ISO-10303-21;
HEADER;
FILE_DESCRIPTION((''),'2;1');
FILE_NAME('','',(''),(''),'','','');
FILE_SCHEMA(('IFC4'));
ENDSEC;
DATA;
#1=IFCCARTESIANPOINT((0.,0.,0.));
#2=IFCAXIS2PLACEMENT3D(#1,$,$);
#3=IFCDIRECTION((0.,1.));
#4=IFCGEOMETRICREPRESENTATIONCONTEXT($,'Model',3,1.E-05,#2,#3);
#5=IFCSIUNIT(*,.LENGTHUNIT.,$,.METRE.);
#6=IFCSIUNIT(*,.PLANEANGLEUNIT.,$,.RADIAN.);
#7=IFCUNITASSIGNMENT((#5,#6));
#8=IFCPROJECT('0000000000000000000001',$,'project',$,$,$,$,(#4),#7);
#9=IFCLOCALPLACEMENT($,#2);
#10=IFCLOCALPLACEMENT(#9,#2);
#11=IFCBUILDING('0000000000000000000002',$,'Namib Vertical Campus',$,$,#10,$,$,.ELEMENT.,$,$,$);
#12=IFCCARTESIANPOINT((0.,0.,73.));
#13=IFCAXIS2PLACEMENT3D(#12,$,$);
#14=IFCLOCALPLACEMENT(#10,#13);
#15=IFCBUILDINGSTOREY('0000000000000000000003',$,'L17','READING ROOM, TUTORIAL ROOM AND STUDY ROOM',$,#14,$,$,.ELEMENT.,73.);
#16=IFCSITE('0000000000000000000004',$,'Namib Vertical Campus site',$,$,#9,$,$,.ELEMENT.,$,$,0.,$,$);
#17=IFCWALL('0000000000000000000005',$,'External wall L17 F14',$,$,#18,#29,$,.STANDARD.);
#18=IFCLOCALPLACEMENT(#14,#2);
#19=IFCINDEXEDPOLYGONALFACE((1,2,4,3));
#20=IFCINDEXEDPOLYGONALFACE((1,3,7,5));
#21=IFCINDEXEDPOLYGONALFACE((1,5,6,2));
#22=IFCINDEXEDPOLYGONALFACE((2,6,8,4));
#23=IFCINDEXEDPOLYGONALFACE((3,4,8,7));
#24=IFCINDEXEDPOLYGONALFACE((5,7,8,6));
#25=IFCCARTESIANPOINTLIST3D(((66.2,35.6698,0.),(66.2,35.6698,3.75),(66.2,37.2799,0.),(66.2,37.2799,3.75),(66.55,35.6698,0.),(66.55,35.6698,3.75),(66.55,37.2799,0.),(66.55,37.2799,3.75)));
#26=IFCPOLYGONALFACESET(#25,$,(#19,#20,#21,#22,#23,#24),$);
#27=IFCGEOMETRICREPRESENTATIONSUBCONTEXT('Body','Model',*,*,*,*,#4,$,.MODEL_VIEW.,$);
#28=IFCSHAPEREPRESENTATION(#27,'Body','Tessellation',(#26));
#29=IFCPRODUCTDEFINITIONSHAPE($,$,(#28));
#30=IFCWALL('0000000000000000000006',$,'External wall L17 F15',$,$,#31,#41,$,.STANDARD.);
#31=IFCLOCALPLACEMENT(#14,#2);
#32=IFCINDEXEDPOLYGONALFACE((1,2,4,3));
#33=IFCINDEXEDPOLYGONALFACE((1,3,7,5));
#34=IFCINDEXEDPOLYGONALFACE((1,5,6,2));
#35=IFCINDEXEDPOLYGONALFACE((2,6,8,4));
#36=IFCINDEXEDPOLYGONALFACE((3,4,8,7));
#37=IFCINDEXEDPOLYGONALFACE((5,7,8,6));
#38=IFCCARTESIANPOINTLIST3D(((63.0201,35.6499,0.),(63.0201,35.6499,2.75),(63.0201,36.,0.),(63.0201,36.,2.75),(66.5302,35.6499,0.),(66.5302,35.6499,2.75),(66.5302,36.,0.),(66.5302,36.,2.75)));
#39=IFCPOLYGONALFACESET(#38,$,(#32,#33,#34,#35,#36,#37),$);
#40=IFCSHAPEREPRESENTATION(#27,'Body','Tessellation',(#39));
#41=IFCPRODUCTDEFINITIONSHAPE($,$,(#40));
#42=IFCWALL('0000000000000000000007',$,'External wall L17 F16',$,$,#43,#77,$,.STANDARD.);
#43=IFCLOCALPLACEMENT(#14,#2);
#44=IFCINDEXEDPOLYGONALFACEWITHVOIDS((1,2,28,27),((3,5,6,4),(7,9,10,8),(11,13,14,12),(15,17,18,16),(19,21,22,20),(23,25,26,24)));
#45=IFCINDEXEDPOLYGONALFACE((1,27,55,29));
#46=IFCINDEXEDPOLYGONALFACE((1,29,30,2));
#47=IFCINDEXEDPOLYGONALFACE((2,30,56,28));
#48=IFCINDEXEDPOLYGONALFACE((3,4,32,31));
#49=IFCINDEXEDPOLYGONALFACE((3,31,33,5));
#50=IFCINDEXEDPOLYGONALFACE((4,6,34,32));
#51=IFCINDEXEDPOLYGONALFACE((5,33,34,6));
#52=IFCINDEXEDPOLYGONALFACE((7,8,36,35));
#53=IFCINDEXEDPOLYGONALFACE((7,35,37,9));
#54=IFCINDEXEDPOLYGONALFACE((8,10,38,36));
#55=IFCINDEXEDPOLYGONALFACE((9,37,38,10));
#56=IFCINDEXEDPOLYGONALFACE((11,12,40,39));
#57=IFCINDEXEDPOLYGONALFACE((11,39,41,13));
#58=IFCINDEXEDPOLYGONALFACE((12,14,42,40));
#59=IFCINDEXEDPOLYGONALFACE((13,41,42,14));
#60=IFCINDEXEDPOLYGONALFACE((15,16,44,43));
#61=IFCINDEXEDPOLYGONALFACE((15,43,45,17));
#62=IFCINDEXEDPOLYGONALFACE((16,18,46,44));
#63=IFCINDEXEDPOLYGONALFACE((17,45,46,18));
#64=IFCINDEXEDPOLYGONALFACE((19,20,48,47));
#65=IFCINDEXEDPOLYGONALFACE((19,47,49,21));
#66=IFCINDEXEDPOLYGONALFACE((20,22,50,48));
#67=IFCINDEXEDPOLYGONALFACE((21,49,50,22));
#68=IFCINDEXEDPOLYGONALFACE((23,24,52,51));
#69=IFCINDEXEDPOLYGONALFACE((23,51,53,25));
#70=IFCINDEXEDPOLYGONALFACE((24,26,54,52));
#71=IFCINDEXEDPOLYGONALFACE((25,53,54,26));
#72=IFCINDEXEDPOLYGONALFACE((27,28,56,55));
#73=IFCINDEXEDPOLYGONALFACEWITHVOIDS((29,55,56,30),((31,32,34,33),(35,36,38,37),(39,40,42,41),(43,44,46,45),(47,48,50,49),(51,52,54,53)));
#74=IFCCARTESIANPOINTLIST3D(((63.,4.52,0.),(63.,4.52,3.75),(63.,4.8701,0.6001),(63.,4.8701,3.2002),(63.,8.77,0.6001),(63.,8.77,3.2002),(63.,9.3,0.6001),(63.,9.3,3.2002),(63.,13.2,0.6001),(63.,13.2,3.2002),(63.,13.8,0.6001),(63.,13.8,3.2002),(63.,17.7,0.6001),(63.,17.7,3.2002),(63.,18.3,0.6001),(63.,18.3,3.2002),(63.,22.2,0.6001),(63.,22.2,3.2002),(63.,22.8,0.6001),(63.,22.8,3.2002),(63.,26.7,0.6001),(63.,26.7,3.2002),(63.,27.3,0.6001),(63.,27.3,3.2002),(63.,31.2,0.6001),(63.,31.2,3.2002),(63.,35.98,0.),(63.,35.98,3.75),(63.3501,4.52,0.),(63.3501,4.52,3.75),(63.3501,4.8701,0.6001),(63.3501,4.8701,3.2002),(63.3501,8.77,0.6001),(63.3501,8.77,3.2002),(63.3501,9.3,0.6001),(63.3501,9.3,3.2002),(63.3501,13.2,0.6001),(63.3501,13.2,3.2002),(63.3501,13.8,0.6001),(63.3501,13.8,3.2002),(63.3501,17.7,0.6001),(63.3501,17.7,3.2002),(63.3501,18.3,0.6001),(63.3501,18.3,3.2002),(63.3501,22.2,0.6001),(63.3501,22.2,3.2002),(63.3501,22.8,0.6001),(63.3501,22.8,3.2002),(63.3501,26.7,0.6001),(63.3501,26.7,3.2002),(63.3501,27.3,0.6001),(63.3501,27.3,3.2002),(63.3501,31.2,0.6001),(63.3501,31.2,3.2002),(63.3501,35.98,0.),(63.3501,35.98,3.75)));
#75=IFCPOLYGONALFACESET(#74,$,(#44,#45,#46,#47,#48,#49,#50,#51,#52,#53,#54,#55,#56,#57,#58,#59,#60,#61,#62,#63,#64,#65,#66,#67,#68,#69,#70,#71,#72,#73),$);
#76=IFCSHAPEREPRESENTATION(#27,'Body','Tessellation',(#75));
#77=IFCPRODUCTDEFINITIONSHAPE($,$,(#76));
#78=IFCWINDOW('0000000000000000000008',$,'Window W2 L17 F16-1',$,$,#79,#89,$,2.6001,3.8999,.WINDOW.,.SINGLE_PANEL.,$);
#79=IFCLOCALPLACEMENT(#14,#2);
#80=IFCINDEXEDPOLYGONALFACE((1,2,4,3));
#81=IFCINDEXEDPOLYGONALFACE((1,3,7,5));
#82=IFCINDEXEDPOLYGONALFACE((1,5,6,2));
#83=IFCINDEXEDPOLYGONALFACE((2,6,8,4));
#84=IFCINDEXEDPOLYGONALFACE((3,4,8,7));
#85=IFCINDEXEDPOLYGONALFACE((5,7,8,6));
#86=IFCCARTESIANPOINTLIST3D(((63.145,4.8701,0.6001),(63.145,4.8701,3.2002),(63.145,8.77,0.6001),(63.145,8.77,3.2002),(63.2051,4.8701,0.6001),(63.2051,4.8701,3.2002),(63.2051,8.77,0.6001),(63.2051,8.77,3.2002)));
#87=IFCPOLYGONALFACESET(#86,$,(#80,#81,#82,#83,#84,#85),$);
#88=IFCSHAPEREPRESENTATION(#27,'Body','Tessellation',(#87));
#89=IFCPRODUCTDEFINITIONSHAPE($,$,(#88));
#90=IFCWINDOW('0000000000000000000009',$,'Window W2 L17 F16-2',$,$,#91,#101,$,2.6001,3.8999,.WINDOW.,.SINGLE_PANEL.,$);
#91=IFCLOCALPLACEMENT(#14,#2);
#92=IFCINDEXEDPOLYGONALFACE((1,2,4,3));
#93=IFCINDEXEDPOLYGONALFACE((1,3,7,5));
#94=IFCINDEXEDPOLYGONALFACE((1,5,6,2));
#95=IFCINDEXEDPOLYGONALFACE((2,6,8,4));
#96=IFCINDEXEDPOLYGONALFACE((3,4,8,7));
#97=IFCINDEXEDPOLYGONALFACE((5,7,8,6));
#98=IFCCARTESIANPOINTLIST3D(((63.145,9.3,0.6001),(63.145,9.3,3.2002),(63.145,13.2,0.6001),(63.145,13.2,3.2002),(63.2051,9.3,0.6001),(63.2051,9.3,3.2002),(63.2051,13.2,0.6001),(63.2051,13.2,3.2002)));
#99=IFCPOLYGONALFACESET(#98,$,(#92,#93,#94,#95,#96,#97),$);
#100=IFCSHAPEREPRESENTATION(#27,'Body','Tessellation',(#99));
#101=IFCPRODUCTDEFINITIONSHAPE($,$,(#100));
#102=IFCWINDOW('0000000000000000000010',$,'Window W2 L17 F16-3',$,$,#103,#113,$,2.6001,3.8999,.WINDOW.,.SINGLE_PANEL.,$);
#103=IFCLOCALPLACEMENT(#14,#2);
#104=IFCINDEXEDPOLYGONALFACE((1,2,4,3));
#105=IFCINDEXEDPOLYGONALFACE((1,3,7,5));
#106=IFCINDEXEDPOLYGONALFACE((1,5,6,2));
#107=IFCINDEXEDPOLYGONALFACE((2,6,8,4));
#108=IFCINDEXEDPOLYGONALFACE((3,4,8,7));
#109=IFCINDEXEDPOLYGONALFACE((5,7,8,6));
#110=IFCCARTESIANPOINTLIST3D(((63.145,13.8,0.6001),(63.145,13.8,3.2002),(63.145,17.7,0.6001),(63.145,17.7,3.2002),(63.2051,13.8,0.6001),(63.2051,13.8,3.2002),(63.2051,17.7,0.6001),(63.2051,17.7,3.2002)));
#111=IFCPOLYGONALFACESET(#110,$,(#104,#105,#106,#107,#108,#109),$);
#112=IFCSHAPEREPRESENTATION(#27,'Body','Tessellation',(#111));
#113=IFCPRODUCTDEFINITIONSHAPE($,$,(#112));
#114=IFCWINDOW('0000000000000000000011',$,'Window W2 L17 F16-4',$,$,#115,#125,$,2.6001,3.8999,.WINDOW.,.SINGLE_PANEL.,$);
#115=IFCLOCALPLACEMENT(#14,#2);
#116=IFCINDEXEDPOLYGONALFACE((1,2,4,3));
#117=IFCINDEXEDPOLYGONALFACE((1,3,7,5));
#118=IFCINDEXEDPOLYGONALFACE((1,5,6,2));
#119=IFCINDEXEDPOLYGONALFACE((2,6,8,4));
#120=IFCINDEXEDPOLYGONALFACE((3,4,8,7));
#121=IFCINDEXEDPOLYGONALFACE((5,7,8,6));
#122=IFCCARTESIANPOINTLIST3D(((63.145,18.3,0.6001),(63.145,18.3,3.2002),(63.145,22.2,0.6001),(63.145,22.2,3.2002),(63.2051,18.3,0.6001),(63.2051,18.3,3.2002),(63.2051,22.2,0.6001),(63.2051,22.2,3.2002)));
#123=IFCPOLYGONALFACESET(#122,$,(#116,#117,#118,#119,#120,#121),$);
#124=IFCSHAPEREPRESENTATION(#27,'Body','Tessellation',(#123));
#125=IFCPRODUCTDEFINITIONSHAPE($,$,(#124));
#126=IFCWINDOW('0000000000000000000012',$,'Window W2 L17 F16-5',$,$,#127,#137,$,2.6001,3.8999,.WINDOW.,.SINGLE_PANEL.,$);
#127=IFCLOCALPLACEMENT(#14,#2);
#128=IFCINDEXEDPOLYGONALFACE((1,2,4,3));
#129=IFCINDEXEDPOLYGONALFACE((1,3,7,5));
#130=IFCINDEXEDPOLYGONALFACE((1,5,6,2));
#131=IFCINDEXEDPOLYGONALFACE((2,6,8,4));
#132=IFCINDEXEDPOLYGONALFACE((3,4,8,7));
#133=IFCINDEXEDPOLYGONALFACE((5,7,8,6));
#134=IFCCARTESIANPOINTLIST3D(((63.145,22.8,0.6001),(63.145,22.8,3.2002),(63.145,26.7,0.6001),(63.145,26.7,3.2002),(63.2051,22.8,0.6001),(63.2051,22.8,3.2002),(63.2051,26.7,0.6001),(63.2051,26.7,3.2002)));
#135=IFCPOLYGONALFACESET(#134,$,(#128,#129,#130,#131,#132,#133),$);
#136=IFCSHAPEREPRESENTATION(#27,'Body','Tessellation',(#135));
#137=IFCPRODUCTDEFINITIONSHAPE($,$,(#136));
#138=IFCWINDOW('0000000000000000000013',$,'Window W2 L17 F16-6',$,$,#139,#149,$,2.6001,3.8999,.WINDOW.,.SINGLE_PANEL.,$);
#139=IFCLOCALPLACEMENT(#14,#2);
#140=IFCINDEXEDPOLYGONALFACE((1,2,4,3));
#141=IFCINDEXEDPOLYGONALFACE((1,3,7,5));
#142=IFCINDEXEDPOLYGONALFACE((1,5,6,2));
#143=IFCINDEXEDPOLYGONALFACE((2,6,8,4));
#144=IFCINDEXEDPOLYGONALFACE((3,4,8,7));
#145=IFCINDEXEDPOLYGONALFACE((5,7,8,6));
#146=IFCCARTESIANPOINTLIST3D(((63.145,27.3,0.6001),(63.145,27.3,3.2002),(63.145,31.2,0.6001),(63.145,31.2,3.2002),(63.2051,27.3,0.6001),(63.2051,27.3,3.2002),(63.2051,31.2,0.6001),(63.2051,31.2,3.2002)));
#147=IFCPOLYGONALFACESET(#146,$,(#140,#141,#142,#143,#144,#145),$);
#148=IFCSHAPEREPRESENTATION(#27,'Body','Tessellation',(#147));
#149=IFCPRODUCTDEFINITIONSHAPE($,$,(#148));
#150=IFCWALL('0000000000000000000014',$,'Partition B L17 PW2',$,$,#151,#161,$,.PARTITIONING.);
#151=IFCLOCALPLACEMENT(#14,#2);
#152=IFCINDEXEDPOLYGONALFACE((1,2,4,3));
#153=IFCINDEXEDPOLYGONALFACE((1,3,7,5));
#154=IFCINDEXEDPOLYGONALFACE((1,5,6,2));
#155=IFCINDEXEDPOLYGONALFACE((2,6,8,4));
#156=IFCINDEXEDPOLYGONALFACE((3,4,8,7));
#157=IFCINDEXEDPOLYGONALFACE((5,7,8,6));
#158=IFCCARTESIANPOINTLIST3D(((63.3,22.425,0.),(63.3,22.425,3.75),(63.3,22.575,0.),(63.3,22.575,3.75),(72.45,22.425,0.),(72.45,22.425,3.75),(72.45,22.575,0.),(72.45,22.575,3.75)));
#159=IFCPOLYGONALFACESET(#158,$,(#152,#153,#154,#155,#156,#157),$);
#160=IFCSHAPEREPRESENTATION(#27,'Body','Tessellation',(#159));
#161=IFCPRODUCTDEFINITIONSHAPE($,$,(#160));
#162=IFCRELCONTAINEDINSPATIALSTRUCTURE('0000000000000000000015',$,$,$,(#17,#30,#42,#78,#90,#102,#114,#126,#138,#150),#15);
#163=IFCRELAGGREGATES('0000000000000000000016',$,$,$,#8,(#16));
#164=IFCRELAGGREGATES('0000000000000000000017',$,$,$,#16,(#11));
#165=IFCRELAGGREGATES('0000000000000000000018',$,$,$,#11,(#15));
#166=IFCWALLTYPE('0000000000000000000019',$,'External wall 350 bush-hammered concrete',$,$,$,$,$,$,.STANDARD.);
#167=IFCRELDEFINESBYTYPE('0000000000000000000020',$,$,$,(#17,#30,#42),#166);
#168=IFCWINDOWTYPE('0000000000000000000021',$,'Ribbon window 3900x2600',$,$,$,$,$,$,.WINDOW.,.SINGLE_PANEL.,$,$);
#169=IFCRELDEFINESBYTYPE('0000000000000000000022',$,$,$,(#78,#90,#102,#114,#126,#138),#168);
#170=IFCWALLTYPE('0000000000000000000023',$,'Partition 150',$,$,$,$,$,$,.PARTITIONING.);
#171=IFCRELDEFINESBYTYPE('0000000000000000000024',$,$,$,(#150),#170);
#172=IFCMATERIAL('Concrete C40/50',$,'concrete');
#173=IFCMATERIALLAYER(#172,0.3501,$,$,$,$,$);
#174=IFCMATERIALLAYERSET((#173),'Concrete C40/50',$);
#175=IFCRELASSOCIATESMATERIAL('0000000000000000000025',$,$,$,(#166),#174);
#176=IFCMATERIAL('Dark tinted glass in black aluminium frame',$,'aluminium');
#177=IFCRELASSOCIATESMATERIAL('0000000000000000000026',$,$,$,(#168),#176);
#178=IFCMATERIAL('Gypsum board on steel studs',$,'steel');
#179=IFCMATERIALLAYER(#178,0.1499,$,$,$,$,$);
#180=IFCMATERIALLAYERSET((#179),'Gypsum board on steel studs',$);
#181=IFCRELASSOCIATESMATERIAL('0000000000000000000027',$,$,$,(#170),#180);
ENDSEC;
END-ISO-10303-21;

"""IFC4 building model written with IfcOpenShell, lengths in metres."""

from ifc_helpers import new_model, si_unit, direction, frame, frame_2d, origin, place, context, subcontext, project, spatial, rectangle, extrude, material, layer, layer_set, type_object, element, fill, save


model = new_model("IFC4")

# Units and contexts
model_context = context("Model", 3, precision=1e-05, world=origin(), true_north=direction((0.0, 1.0)))
body_context = subcontext(model_context, "Body", "Model", "MODEL_VIEW")
ifc_project = project(units=[si_unit("LENGTHUNIT", "METRE"), si_unit("PLANEANGLEUNIT", "RADIAN")], contexts=[model_context])

# Site, building, storey
site_placement = place(None, origin())
site = spatial("IfcSite", under=ifc_project, at=site_placement, Name="Namib Vertical Campus site", CompositionType="ELEMENT", RefElevation=0.0)
building_placement = place(site_placement, origin())
building = spatial("IfcBuilding", under=site, at=building_placement, Name="Namib Vertical Campus", CompositionType="ELEMENT")
storey_placement = place(building_placement, frame((0.0, 0.0, 73.0)))
storey = spatial("IfcBuildingStorey", under=building, at=storey_placement, Name="L17", Description="READING ROOM, TUTORIAL ROOM AND STUDY ROOM", CompositionType="ELEMENT", Elevation=73.0)

# Walls
ifc_material_1 = material(Name="Concrete C40/50", Category="concrete")
ifc_layer_1 = layer(ifc_material_1, 0.3501)
ifc_layer_set_1 = layer_set([ifc_layer_1], Name="Concrete C40/50")
wall_type_1 = type_object("IfcWallType", Name="External wall 350 bush-hammered concrete", PredefinedType="STANDARD", material=ifc_layer_set_1)
wall_1_placement = place(storey_placement, frame((66.375, 37.28, 0.0), z_axis=(0.0, 0.0, 1.0), x_axis=(0.0, -1.0, 0.0)))
element("IfcWall", 1, at=wall_1_placement, inside=storey, type_object=wall_type_1, Name="External wall L17 F14", PredefinedType="STANDARD", context=body_context, shape_type="SweptSolid", body=[
    extrude(rectangle(XDim=1.6101, YDim=0.3501, at=frame_2d((0.8052, 0.0))), origin(), (0.0, 0.0, 1.0), 3.75),
])
wall_2_placement = place(storey_placement, frame((66.53, 35.825, 0.0), z_axis=(0.0, 0.0, 1.0), x_axis=(-1.0, 0.0, 0.0)))
element("IfcWall", 2, at=wall_2_placement, inside=storey, type_object=wall_type_1, Name="External wall L17 F15", PredefinedType="STANDARD", context=body_context, shape_type="SweptSolid", body=[
    extrude(rectangle(XDim=3.51, YDim=0.3501, at=frame_2d((1.7549, 0.0))), origin(), (0.0, 0.0, 1.0), 2.75),
])

# Wall, openings, windows
wall_3_placement = place(storey_placement, frame((63.175, 35.98, 0.0), z_axis=(0.0, 0.0, 1.0), x_axis=(0.0, -1.0, 0.0)))
wall_3 = element("IfcWall", 3, at=wall_3_placement, inside=storey, type_object=wall_type_1, Name="External wall L17 F16", PredefinedType="STANDARD", context=body_context, shape_type="SweptSolid", body=[
    extrude(rectangle(XDim=31.46, YDim=0.3501, at=frame_2d((15.73, 0.0))), origin(), (0.0, 0.0, 1.0), 3.75),
])
opening_1_placement = place(wall_3_placement, frame((27.21, 0.0, 0.6001)))
opening_1 = element("IfcOpeningElement", 4, at=opening_1_placement, cuts=wall_3, PredefinedType="OPENING", context=body_context, shape_type="SweptSolid", body=[
    extrude(rectangle(XDim=3.8999, YDim=2.6001, at=frame_2d((1.95, 1.3))), frame((0.0, 0.1851, 0.0), z_axis=(0.0, -1.0, 0.0), x_axis=(1.0, 0.0, 0.0)), (0.0, 0.0, 1.0), 0.3701),
])
opening_2_placement = place(wall_3_placement, frame((22.78, 0.0, 0.6001)))
opening_2 = element("IfcOpeningElement", 5, at=opening_2_placement, cuts=wall_3, PredefinedType="OPENING", context=body_context, shape_type="SweptSolid", body=[
    extrude(rectangle(XDim=3.8999, YDim=2.6001, at=frame_2d((1.95, 1.3))), frame((0.0, 0.1851, 0.0), z_axis=(0.0, -1.0, 0.0), x_axis=(1.0, 0.0, 0.0)), (0.0, 0.0, 1.0), 0.3701),
])
opening_3_placement = place(wall_3_placement, frame((18.28, 0.0, 0.6001)))
opening_3 = element("IfcOpeningElement", 6, at=opening_3_placement, cuts=wall_3, PredefinedType="OPENING", context=body_context, shape_type="SweptSolid", body=[
    extrude(rectangle(XDim=3.8999, YDim=2.6001, at=frame_2d((1.95, 1.3))), frame((0.0, 0.1851, 0.0), z_axis=(0.0, -1.0, 0.0), x_axis=(1.0, 0.0, 0.0)), (0.0, 0.0, 1.0), 0.3701),
])
opening_4_placement = place(wall_3_placement, frame((13.78, 0.0, 0.6001)))
opening_4 = element("IfcOpeningElement", 7, at=opening_4_placement, cuts=wall_3, PredefinedType="OPENING", context=body_context, shape_type="SweptSolid", body=[
    extrude(rectangle(XDim=3.8999, YDim=2.6001, at=frame_2d((1.95, 1.3))), frame((0.0, 0.1851, 0.0), z_axis=(0.0, -1.0, 0.0), x_axis=(1.0, 0.0, 0.0)), (0.0, 0.0, 1.0), 0.3701),
])
opening_5_placement = place(wall_3_placement, frame((9.28, 0.0, 0.6001)))
opening_5 = element("IfcOpeningElement", 8, at=opening_5_placement, cuts=wall_3, PredefinedType="OPENING", context=body_context, shape_type="SweptSolid", body=[
    extrude(rectangle(XDim=3.8999, YDim=2.6001, at=frame_2d((1.95, 1.3))), frame((0.0, 0.1851, 0.0), z_axis=(0.0, -1.0, 0.0), x_axis=(1.0, 0.0, 0.0)), (0.0, 0.0, 1.0), 0.3701),
])
opening_6_placement = place(wall_3_placement, frame((4.78, 0.0, 0.6001)))
opening_6 = element("IfcOpeningElement", 9, at=opening_6_placement, cuts=wall_3, PredefinedType="OPENING", context=body_context, shape_type="SweptSolid", body=[
    extrude(rectangle(XDim=3.8999, YDim=2.6001, at=frame_2d((1.95, 1.3))), frame((0.0, 0.1851, 0.0), z_axis=(0.0, -1.0, 0.0), x_axis=(1.0, 0.0, 0.0)), (0.0, 0.0, 1.0), 0.3701),
])
ifc_material_2 = material(Name="Dark tinted glass in black aluminium frame", Category="aluminium")
window_type = type_object("IfcWindowType", Name="Ribbon window 3900x2600", PartitioningType="SINGLE_PANEL", PredefinedType="WINDOW", material=ifc_material_2)
window_1_placement = place(opening_1_placement, origin())
window_1 = element("IfcWindow", 10, at=window_1_placement, inside=storey, type_object=window_type, Name="Window W2 L17 F16-1", OverallHeight=2.6001, OverallWidth=3.8999, PartitioningType="SINGLE_PANEL", PredefinedType="WINDOW", context=body_context, shape_type="SweptSolid", body=[
    extrude(rectangle(XDim=3.8999, YDim=2.6001, at=frame_2d((1.95, 1.3))), frame((0.0, 0.03, 0.0), z_axis=(0.0, -1.0, 0.0), x_axis=(1.0, 0.0, 0.0)), (0.0, 0.0, 1.0), 0.0601),
])
fill(opening_1, window_1)
window_2_placement = place(opening_2_placement, origin())
window_2 = element("IfcWindow", 11, at=window_2_placement, inside=storey, type_object=window_type, Name="Window W2 L17 F16-2", OverallHeight=2.6001, OverallWidth=3.8999, PartitioningType="SINGLE_PANEL", PredefinedType="WINDOW", context=body_context, shape_type="SweptSolid", body=[
    extrude(rectangle(XDim=3.8999, YDim=2.6001, at=frame_2d((1.95, 1.3))), frame((0.0, 0.03, 0.0), z_axis=(0.0, -1.0, 0.0), x_axis=(1.0, 0.0, 0.0)), (0.0, 0.0, 1.0), 0.0601),
])
fill(opening_2, window_2)
window_3_placement = place(opening_3_placement, origin())
window_3 = element("IfcWindow", 12, at=window_3_placement, inside=storey, type_object=window_type, Name="Window W2 L17 F16-3", OverallHeight=2.6001, OverallWidth=3.8999, PartitioningType="SINGLE_PANEL", PredefinedType="WINDOW", context=body_context, shape_type="SweptSolid", body=[
    extrude(rectangle(XDim=3.8999, YDim=2.6001, at=frame_2d((1.95, 1.3))), frame((0.0, 0.03, 0.0), z_axis=(0.0, -1.0, 0.0), x_axis=(1.0, 0.0, 0.0)), (0.0, 0.0, 1.0), 0.0601),
])
fill(opening_3, window_3)
window_4_placement = place(opening_4_placement, origin())
window_4 = element("IfcWindow", 13, at=window_4_placement, inside=storey, type_object=window_type, Name="Window W2 L17 F16-4", OverallHeight=2.6001, OverallWidth=3.8999, PartitioningType="SINGLE_PANEL", PredefinedType="WINDOW", context=body_context, shape_type="SweptSolid", body=[
    extrude(rectangle(XDim=3.8999, YDim=2.6001, at=frame_2d((1.95, 1.3))), frame((0.0, 0.03, 0.0), z_axis=(0.0, -1.0, 0.0), x_axis=(1.0, 0.0, 0.0)), (0.0, 0.0, 1.0), 0.0601),
])
fill(opening_4, window_4)
window_5_placement = place(opening_5_placement, origin())
window_5 = element("IfcWindow", 14, at=window_5_placement, inside=storey, type_object=window_type, Name="Window W2 L17 F16-5", OverallHeight=2.6001, OverallWidth=3.8999, PartitioningType="SINGLE_PANEL", PredefinedType="WINDOW", context=body_context, shape_type="SweptSolid", body=[
    extrude(rectangle(XDim=3.8999, YDim=2.6001, at=frame_2d((1.95, 1.3))), frame((0.0, 0.03, 0.0), z_axis=(0.0, -1.0, 0.0), x_axis=(1.0, 0.0, 0.0)), (0.0, 0.0, 1.0), 0.0601),
])
fill(opening_5, window_5)
window_6_placement = place(opening_6_placement, origin())
window_6 = element("IfcWindow", 15, at=window_6_placement, inside=storey, type_object=window_type, Name="Window W2 L17 F16-6", OverallHeight=2.6001, OverallWidth=3.8999, PartitioningType="SINGLE_PANEL", PredefinedType="WINDOW", context=body_context, shape_type="SweptSolid", body=[
    extrude(rectangle(XDim=3.8999, YDim=2.6001, at=frame_2d((1.95, 1.3))), frame((0.0, 0.03, 0.0), z_axis=(0.0, -1.0, 0.0), x_axis=(1.0, 0.0, 0.0)), (0.0, 0.0, 1.0), 0.0601),
])
fill(opening_6, window_6)

# Wall
ifc_material_3 = material(Name="Gypsum board on steel studs", Category="steel")
ifc_layer_2 = layer(ifc_material_3, 0.1499)
ifc_layer_set_2 = layer_set([ifc_layer_2], Name="Gypsum board on steel studs")
wall_type_2 = type_object("IfcWallType", Name="Partition 150", PredefinedType="PARTITIONING", material=ifc_layer_set_2)
for number, where, z_axis, x_axis, name in (
    (16, (63.3, 22.5, 0.0), (0.0, 0.0, 1.0), (1.0, 0.0, 0.0), "Partition B L17 PW2"),
):
    element("IfcWall", number, at=place(storey_placement, frame(where, z_axis=z_axis, x_axis=x_axis)), inside=storey, type_object=wall_type_2, Name=name, PredefinedType="PARTITIONING", context=body_context, shape_type="SweptSolid", body=[
        extrude(rectangle(XDim=9.1499, YDim=0.1499, at=frame_2d((4.575, 0.0))), origin(), (0.0, 0.0, 1.0), 3.75),
    ])

save(model, "model.ifc")
